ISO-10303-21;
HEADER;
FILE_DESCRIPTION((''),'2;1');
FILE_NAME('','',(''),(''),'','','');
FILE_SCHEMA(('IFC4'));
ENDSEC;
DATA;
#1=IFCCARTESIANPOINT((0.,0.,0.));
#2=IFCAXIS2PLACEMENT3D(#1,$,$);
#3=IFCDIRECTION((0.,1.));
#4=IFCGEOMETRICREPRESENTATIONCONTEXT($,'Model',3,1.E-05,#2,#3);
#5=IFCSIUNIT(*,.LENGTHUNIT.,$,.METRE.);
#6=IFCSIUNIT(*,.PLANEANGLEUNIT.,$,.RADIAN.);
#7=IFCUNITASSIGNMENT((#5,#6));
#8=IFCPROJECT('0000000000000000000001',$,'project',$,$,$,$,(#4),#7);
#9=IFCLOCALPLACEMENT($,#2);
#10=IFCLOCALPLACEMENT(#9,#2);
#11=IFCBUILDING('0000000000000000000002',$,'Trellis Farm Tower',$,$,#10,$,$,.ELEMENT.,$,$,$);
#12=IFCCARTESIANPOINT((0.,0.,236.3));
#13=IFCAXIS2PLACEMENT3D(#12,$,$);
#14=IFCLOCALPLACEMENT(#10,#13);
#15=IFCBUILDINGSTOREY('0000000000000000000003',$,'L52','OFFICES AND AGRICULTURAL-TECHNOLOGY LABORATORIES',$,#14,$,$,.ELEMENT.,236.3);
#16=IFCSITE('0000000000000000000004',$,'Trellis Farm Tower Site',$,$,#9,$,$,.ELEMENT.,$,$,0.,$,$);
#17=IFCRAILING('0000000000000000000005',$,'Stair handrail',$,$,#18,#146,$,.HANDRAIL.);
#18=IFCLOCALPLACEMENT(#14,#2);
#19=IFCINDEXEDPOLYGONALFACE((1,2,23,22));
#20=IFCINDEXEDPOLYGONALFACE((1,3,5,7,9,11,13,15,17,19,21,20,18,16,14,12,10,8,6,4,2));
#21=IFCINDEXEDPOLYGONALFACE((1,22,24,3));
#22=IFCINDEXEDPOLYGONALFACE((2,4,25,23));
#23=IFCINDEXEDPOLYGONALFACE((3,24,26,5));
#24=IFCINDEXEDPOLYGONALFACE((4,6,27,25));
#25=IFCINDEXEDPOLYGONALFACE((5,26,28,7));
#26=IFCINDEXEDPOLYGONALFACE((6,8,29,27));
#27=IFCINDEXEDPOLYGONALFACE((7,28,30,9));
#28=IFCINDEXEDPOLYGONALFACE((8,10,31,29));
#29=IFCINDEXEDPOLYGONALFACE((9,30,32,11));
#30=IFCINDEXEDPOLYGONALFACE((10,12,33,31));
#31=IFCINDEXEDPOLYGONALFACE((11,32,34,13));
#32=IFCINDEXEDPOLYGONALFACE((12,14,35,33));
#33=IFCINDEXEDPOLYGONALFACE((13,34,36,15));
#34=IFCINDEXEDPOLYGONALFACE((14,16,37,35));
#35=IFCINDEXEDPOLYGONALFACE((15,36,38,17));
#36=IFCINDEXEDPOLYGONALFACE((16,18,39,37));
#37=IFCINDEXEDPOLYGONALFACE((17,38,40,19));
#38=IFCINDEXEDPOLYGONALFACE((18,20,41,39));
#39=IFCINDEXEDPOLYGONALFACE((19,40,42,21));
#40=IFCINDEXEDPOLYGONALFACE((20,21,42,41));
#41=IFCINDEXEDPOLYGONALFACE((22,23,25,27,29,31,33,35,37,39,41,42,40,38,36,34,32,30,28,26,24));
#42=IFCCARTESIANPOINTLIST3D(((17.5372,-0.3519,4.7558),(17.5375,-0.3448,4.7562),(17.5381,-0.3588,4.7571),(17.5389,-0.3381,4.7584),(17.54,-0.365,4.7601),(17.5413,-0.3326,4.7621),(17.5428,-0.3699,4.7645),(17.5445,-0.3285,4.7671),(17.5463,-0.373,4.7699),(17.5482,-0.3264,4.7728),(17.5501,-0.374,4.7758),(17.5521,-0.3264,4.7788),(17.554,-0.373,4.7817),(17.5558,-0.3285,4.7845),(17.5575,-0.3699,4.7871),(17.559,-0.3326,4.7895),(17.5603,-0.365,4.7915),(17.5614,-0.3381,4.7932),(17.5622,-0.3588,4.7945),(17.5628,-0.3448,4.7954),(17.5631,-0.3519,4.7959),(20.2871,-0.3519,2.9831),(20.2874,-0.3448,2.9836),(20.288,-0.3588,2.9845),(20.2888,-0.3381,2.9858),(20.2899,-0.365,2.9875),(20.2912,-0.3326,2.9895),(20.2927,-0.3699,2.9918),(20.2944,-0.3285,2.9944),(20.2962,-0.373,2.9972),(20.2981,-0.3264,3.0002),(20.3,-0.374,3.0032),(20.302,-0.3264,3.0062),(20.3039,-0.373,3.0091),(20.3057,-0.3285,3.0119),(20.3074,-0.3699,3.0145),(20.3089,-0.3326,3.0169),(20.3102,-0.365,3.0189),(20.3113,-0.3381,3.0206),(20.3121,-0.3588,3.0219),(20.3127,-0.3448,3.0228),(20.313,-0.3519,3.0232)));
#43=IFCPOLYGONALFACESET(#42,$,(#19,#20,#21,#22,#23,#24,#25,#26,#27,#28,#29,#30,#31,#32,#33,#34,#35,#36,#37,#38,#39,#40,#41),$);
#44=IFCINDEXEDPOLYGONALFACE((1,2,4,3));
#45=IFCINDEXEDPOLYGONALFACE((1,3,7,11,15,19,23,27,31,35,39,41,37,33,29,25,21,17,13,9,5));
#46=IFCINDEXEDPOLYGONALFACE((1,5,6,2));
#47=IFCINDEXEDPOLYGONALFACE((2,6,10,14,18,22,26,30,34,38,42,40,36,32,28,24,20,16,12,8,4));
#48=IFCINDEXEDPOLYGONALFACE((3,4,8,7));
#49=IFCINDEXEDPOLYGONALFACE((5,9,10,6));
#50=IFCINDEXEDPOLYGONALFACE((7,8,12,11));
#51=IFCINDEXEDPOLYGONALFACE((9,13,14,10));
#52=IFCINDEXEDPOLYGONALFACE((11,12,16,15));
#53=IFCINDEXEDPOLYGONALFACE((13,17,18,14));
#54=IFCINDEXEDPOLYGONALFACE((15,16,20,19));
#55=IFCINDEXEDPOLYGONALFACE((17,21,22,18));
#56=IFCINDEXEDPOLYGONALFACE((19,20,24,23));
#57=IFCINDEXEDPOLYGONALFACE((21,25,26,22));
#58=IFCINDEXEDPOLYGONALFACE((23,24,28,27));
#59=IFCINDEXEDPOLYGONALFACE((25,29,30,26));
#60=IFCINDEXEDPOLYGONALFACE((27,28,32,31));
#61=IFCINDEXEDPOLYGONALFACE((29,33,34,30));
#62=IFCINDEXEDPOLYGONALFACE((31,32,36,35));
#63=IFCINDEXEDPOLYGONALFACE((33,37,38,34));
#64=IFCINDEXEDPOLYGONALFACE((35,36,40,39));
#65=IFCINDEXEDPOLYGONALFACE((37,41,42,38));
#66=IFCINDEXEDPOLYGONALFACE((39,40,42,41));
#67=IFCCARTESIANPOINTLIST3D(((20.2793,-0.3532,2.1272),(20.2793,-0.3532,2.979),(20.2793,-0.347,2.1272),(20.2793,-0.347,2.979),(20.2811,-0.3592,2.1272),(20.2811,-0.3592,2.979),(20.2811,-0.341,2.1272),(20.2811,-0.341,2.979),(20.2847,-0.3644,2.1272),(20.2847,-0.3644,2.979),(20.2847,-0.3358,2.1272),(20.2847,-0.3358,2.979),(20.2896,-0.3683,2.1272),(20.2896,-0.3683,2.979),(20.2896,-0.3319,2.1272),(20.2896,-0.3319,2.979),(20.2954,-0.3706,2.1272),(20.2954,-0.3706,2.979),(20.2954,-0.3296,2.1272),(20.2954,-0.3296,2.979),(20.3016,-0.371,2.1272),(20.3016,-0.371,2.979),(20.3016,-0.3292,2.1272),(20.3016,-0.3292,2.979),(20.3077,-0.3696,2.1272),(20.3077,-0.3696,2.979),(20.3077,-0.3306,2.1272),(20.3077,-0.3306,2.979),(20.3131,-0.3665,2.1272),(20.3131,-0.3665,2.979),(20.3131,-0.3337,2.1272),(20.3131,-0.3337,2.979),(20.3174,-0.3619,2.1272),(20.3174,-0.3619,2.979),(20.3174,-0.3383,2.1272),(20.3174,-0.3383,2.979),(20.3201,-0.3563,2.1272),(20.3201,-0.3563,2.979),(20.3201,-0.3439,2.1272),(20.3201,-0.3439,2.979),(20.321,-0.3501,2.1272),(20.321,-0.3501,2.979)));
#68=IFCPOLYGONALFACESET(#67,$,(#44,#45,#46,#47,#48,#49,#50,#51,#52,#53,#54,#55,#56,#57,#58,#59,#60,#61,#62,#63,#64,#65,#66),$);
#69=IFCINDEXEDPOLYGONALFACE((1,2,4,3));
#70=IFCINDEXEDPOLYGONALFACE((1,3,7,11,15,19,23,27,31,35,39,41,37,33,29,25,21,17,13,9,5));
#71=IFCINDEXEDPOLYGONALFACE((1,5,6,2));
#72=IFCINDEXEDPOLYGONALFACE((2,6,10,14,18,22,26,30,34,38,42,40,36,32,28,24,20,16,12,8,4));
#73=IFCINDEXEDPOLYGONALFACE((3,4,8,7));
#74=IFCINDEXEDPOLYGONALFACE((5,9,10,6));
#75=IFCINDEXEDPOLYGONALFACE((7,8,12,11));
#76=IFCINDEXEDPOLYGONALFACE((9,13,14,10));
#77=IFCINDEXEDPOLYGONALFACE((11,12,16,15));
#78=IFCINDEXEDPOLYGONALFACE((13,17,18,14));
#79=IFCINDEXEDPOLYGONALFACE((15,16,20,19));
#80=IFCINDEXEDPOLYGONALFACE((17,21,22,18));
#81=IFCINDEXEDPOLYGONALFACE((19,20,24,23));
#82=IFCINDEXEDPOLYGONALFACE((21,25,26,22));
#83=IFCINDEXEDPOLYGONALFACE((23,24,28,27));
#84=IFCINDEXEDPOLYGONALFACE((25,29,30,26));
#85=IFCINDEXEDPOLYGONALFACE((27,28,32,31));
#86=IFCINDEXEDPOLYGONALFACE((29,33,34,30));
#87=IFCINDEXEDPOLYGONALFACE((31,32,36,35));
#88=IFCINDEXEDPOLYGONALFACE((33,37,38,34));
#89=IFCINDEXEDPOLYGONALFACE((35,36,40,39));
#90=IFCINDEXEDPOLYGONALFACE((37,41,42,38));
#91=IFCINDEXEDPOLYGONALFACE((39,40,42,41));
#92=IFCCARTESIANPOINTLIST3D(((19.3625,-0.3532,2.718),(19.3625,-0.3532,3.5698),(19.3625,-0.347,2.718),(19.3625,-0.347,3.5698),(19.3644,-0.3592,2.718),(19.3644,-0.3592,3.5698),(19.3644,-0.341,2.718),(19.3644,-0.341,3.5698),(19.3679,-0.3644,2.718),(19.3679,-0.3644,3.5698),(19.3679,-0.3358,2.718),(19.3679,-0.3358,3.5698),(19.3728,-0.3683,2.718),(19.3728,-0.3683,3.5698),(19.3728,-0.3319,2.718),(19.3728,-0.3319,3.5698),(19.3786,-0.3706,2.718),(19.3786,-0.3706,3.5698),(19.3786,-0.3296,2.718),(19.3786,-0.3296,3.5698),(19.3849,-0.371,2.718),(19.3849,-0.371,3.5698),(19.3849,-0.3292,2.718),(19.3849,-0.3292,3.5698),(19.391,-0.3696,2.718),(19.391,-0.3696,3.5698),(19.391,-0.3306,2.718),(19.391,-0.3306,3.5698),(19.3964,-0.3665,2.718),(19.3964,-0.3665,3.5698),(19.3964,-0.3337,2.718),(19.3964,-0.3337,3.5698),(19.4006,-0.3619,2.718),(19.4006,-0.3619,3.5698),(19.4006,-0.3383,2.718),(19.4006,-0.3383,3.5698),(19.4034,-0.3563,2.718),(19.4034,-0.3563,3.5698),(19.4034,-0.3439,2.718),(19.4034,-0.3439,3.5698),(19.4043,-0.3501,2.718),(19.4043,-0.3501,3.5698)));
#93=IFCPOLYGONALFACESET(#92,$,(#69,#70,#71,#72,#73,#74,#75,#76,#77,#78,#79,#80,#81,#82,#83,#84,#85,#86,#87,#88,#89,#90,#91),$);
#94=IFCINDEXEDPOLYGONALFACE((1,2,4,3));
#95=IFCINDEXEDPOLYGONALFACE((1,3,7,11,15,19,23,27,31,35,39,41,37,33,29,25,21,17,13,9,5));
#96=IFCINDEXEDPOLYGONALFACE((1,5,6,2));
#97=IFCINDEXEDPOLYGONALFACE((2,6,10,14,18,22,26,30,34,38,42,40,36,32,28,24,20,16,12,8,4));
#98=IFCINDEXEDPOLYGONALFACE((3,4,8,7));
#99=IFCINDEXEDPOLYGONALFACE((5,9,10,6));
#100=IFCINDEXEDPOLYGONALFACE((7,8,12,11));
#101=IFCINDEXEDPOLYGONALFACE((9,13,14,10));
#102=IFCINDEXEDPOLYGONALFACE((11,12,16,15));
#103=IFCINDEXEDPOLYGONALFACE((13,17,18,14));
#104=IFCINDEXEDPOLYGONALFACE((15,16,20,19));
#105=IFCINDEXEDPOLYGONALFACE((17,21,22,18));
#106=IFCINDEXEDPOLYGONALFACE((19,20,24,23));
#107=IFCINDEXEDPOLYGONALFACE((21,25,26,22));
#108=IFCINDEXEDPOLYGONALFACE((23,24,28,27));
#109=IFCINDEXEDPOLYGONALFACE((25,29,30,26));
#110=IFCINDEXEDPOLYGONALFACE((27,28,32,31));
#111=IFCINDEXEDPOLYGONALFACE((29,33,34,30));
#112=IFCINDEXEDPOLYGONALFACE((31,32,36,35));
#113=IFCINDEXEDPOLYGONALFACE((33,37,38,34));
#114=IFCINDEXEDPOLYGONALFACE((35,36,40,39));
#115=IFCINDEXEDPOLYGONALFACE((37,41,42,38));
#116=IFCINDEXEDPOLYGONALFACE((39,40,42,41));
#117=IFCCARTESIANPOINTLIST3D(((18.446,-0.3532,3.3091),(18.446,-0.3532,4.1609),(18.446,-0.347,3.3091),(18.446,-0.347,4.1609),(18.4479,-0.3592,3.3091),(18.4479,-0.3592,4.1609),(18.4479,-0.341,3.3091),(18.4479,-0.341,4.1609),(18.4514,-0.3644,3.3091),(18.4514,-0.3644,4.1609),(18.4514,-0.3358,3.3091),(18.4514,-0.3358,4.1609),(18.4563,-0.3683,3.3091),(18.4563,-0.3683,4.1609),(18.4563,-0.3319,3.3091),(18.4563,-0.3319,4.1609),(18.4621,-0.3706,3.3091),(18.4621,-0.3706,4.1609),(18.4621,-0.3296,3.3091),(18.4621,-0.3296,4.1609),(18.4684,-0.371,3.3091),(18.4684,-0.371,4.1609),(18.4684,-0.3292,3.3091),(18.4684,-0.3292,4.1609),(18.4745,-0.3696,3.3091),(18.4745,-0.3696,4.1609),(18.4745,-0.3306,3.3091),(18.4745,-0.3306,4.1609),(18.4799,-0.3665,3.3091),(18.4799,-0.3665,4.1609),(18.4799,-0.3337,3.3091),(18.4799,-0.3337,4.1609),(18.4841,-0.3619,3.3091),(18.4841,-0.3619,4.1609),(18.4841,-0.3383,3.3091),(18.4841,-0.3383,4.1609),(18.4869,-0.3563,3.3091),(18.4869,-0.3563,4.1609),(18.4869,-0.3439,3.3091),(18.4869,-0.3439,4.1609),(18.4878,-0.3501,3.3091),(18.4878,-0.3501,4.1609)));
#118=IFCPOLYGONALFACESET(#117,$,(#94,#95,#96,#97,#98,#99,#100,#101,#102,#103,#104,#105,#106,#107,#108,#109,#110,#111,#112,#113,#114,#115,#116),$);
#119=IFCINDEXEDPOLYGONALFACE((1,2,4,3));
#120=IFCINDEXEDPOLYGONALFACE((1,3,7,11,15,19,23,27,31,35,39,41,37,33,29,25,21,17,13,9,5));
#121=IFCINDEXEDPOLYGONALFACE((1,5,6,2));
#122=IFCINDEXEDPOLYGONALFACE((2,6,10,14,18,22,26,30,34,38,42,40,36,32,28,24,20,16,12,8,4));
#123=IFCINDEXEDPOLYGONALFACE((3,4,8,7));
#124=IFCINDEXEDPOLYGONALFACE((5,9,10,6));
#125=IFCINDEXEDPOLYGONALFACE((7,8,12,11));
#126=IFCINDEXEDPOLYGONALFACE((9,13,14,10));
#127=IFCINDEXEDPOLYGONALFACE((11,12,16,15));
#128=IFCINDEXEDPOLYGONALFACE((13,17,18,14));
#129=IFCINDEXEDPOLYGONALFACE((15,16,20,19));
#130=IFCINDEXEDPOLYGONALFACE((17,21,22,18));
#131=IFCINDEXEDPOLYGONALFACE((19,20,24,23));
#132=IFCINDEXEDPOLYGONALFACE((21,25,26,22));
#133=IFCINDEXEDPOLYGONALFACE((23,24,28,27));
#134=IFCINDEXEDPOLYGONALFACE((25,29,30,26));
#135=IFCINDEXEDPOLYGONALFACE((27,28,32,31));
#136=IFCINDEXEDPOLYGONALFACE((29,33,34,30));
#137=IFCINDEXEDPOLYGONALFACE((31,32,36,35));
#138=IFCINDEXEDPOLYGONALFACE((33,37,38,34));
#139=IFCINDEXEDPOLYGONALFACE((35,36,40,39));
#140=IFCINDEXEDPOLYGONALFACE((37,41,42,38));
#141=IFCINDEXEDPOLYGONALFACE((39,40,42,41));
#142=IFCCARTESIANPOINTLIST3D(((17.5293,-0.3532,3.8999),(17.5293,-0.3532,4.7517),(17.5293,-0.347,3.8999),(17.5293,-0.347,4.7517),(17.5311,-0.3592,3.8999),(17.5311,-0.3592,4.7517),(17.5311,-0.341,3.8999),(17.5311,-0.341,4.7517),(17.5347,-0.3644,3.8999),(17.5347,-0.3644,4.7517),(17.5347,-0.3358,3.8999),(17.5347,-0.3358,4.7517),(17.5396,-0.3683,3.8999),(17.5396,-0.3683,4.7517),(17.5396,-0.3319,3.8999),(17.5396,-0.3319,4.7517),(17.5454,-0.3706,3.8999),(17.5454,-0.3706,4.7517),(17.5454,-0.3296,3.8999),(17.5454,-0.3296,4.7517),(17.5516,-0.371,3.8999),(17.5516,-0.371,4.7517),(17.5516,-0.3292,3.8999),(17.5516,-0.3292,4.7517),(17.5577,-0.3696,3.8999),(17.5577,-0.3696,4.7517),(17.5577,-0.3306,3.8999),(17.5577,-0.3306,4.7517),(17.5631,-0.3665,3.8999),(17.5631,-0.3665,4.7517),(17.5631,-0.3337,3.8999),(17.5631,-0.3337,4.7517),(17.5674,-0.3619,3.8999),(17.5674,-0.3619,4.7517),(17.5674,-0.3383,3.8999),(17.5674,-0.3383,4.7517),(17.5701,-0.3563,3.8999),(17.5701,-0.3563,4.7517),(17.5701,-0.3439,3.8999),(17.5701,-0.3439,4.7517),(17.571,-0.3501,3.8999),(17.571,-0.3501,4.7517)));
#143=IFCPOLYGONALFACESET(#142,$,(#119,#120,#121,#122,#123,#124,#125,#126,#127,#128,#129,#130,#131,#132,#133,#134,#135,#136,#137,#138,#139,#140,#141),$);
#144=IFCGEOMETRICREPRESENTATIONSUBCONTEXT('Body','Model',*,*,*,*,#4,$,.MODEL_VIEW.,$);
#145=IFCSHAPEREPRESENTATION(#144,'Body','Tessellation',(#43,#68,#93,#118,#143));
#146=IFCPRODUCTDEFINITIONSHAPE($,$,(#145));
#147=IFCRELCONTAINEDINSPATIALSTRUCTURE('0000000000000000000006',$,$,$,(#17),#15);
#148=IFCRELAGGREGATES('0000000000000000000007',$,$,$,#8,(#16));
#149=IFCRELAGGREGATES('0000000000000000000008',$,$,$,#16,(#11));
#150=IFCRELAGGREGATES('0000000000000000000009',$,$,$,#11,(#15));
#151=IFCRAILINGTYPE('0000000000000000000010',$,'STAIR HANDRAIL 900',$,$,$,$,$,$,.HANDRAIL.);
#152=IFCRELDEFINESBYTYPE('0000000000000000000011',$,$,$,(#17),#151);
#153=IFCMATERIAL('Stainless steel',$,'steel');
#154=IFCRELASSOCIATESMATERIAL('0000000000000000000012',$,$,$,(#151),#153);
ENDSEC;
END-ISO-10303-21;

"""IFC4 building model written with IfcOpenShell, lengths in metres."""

from ifc_helpers import new_model, si_unit, direction, frame, origin, origin_2d, place, context, subcontext, project, spatial, circle, extrude, source, transform, mapped, material, type_object, element, save


model = new_model("IFC4")

# Units and contexts
model_context = context("Model", 3, precision=1e-05, world=origin(), true_north=direction((0.0, 1.0)))
body_context = subcontext(model_context, "Body", "Model", "MODEL_VIEW")
ifc_project = project(units=[si_unit("LENGTHUNIT", "METRE"), si_unit("PLANEANGLEUNIT", "RADIAN")], contexts=[model_context])

# Site, building, storey
site_placement = place(None, origin())
site = spatial("IfcSite", under=ifc_project, at=site_placement, Name="Trellis Farm Tower Site", CompositionType="ELEMENT", RefElevation=0.0)
building_placement = place(site_placement, origin())
building = spatial("IfcBuilding", under=site, at=building_placement, Name="Trellis Farm Tower", CompositionType="ELEMENT")
storey_placement = place(building_placement, frame((0.0, 0.0, 236.3)))
storey = spatial("IfcBuildingStorey", under=building, at=storey_placement, Name="L52", Description="OFFICES AND AGRICULTURAL-TECHNOLOGY LABORATORIES", CompositionType="ELEMENT", Elevation=236.3)

# Railing
ifc_material_1 = material(Name="Stainless steel", Category="steel")
railing_type = type_object("IfcRailingType", Name="STAIR HANDRAIL 900", PredefinedType="HANDRAIL", material=ifc_material_1)
shared_shape_1 = source(origin(), body_context, "Body", "SweptSolid", [
    extrude(circle(Radius=0.0239, at=origin_2d()), frame((0.0, 0.0, 0.876), z_axis=(-0.840504, 0.0, 0.541806), x_axis=(0.0, -1.0, 0.0)), (0.0, 0.0, 1.0), 3.2717),
    extrude(circle(Radius=0.021, at=origin_2d()), origin(), (0.0, 0.0, 1.0), 0.8518),
    extrude(circle(Radius=0.021, at=origin_2d()), frame((-0.9167, 0.0, 0.5908)), (0.0, 0.0, 1.0), 0.8518),
    extrude(circle(Radius=0.021, at=origin_2d()), frame((-1.8333, 0.0, 1.1819)), (0.0, 0.0, 1.0), 0.8518),
    extrude(circle(Radius=0.021, at=origin_2d()), frame((-2.75, 0.0, 1.7727)), (0.0, 0.0, 1.0), 0.8518),
])
for number, where, name in (
    (1, (20.3, -0.3501, 2.1272), "Stair handrail"),
):
    element("IfcRailing", number, at=place(storey_placement, frame(where)), inside=storey, type_object=railing_type, Name=name, PredefinedType="HANDRAIL", context=body_context, shape_type="MappedRepresentation", body=[
        mapped(shared_shape_1, transform((0.0, 0.0, 0.0))),
    ])

save(model, "model.ifc")
